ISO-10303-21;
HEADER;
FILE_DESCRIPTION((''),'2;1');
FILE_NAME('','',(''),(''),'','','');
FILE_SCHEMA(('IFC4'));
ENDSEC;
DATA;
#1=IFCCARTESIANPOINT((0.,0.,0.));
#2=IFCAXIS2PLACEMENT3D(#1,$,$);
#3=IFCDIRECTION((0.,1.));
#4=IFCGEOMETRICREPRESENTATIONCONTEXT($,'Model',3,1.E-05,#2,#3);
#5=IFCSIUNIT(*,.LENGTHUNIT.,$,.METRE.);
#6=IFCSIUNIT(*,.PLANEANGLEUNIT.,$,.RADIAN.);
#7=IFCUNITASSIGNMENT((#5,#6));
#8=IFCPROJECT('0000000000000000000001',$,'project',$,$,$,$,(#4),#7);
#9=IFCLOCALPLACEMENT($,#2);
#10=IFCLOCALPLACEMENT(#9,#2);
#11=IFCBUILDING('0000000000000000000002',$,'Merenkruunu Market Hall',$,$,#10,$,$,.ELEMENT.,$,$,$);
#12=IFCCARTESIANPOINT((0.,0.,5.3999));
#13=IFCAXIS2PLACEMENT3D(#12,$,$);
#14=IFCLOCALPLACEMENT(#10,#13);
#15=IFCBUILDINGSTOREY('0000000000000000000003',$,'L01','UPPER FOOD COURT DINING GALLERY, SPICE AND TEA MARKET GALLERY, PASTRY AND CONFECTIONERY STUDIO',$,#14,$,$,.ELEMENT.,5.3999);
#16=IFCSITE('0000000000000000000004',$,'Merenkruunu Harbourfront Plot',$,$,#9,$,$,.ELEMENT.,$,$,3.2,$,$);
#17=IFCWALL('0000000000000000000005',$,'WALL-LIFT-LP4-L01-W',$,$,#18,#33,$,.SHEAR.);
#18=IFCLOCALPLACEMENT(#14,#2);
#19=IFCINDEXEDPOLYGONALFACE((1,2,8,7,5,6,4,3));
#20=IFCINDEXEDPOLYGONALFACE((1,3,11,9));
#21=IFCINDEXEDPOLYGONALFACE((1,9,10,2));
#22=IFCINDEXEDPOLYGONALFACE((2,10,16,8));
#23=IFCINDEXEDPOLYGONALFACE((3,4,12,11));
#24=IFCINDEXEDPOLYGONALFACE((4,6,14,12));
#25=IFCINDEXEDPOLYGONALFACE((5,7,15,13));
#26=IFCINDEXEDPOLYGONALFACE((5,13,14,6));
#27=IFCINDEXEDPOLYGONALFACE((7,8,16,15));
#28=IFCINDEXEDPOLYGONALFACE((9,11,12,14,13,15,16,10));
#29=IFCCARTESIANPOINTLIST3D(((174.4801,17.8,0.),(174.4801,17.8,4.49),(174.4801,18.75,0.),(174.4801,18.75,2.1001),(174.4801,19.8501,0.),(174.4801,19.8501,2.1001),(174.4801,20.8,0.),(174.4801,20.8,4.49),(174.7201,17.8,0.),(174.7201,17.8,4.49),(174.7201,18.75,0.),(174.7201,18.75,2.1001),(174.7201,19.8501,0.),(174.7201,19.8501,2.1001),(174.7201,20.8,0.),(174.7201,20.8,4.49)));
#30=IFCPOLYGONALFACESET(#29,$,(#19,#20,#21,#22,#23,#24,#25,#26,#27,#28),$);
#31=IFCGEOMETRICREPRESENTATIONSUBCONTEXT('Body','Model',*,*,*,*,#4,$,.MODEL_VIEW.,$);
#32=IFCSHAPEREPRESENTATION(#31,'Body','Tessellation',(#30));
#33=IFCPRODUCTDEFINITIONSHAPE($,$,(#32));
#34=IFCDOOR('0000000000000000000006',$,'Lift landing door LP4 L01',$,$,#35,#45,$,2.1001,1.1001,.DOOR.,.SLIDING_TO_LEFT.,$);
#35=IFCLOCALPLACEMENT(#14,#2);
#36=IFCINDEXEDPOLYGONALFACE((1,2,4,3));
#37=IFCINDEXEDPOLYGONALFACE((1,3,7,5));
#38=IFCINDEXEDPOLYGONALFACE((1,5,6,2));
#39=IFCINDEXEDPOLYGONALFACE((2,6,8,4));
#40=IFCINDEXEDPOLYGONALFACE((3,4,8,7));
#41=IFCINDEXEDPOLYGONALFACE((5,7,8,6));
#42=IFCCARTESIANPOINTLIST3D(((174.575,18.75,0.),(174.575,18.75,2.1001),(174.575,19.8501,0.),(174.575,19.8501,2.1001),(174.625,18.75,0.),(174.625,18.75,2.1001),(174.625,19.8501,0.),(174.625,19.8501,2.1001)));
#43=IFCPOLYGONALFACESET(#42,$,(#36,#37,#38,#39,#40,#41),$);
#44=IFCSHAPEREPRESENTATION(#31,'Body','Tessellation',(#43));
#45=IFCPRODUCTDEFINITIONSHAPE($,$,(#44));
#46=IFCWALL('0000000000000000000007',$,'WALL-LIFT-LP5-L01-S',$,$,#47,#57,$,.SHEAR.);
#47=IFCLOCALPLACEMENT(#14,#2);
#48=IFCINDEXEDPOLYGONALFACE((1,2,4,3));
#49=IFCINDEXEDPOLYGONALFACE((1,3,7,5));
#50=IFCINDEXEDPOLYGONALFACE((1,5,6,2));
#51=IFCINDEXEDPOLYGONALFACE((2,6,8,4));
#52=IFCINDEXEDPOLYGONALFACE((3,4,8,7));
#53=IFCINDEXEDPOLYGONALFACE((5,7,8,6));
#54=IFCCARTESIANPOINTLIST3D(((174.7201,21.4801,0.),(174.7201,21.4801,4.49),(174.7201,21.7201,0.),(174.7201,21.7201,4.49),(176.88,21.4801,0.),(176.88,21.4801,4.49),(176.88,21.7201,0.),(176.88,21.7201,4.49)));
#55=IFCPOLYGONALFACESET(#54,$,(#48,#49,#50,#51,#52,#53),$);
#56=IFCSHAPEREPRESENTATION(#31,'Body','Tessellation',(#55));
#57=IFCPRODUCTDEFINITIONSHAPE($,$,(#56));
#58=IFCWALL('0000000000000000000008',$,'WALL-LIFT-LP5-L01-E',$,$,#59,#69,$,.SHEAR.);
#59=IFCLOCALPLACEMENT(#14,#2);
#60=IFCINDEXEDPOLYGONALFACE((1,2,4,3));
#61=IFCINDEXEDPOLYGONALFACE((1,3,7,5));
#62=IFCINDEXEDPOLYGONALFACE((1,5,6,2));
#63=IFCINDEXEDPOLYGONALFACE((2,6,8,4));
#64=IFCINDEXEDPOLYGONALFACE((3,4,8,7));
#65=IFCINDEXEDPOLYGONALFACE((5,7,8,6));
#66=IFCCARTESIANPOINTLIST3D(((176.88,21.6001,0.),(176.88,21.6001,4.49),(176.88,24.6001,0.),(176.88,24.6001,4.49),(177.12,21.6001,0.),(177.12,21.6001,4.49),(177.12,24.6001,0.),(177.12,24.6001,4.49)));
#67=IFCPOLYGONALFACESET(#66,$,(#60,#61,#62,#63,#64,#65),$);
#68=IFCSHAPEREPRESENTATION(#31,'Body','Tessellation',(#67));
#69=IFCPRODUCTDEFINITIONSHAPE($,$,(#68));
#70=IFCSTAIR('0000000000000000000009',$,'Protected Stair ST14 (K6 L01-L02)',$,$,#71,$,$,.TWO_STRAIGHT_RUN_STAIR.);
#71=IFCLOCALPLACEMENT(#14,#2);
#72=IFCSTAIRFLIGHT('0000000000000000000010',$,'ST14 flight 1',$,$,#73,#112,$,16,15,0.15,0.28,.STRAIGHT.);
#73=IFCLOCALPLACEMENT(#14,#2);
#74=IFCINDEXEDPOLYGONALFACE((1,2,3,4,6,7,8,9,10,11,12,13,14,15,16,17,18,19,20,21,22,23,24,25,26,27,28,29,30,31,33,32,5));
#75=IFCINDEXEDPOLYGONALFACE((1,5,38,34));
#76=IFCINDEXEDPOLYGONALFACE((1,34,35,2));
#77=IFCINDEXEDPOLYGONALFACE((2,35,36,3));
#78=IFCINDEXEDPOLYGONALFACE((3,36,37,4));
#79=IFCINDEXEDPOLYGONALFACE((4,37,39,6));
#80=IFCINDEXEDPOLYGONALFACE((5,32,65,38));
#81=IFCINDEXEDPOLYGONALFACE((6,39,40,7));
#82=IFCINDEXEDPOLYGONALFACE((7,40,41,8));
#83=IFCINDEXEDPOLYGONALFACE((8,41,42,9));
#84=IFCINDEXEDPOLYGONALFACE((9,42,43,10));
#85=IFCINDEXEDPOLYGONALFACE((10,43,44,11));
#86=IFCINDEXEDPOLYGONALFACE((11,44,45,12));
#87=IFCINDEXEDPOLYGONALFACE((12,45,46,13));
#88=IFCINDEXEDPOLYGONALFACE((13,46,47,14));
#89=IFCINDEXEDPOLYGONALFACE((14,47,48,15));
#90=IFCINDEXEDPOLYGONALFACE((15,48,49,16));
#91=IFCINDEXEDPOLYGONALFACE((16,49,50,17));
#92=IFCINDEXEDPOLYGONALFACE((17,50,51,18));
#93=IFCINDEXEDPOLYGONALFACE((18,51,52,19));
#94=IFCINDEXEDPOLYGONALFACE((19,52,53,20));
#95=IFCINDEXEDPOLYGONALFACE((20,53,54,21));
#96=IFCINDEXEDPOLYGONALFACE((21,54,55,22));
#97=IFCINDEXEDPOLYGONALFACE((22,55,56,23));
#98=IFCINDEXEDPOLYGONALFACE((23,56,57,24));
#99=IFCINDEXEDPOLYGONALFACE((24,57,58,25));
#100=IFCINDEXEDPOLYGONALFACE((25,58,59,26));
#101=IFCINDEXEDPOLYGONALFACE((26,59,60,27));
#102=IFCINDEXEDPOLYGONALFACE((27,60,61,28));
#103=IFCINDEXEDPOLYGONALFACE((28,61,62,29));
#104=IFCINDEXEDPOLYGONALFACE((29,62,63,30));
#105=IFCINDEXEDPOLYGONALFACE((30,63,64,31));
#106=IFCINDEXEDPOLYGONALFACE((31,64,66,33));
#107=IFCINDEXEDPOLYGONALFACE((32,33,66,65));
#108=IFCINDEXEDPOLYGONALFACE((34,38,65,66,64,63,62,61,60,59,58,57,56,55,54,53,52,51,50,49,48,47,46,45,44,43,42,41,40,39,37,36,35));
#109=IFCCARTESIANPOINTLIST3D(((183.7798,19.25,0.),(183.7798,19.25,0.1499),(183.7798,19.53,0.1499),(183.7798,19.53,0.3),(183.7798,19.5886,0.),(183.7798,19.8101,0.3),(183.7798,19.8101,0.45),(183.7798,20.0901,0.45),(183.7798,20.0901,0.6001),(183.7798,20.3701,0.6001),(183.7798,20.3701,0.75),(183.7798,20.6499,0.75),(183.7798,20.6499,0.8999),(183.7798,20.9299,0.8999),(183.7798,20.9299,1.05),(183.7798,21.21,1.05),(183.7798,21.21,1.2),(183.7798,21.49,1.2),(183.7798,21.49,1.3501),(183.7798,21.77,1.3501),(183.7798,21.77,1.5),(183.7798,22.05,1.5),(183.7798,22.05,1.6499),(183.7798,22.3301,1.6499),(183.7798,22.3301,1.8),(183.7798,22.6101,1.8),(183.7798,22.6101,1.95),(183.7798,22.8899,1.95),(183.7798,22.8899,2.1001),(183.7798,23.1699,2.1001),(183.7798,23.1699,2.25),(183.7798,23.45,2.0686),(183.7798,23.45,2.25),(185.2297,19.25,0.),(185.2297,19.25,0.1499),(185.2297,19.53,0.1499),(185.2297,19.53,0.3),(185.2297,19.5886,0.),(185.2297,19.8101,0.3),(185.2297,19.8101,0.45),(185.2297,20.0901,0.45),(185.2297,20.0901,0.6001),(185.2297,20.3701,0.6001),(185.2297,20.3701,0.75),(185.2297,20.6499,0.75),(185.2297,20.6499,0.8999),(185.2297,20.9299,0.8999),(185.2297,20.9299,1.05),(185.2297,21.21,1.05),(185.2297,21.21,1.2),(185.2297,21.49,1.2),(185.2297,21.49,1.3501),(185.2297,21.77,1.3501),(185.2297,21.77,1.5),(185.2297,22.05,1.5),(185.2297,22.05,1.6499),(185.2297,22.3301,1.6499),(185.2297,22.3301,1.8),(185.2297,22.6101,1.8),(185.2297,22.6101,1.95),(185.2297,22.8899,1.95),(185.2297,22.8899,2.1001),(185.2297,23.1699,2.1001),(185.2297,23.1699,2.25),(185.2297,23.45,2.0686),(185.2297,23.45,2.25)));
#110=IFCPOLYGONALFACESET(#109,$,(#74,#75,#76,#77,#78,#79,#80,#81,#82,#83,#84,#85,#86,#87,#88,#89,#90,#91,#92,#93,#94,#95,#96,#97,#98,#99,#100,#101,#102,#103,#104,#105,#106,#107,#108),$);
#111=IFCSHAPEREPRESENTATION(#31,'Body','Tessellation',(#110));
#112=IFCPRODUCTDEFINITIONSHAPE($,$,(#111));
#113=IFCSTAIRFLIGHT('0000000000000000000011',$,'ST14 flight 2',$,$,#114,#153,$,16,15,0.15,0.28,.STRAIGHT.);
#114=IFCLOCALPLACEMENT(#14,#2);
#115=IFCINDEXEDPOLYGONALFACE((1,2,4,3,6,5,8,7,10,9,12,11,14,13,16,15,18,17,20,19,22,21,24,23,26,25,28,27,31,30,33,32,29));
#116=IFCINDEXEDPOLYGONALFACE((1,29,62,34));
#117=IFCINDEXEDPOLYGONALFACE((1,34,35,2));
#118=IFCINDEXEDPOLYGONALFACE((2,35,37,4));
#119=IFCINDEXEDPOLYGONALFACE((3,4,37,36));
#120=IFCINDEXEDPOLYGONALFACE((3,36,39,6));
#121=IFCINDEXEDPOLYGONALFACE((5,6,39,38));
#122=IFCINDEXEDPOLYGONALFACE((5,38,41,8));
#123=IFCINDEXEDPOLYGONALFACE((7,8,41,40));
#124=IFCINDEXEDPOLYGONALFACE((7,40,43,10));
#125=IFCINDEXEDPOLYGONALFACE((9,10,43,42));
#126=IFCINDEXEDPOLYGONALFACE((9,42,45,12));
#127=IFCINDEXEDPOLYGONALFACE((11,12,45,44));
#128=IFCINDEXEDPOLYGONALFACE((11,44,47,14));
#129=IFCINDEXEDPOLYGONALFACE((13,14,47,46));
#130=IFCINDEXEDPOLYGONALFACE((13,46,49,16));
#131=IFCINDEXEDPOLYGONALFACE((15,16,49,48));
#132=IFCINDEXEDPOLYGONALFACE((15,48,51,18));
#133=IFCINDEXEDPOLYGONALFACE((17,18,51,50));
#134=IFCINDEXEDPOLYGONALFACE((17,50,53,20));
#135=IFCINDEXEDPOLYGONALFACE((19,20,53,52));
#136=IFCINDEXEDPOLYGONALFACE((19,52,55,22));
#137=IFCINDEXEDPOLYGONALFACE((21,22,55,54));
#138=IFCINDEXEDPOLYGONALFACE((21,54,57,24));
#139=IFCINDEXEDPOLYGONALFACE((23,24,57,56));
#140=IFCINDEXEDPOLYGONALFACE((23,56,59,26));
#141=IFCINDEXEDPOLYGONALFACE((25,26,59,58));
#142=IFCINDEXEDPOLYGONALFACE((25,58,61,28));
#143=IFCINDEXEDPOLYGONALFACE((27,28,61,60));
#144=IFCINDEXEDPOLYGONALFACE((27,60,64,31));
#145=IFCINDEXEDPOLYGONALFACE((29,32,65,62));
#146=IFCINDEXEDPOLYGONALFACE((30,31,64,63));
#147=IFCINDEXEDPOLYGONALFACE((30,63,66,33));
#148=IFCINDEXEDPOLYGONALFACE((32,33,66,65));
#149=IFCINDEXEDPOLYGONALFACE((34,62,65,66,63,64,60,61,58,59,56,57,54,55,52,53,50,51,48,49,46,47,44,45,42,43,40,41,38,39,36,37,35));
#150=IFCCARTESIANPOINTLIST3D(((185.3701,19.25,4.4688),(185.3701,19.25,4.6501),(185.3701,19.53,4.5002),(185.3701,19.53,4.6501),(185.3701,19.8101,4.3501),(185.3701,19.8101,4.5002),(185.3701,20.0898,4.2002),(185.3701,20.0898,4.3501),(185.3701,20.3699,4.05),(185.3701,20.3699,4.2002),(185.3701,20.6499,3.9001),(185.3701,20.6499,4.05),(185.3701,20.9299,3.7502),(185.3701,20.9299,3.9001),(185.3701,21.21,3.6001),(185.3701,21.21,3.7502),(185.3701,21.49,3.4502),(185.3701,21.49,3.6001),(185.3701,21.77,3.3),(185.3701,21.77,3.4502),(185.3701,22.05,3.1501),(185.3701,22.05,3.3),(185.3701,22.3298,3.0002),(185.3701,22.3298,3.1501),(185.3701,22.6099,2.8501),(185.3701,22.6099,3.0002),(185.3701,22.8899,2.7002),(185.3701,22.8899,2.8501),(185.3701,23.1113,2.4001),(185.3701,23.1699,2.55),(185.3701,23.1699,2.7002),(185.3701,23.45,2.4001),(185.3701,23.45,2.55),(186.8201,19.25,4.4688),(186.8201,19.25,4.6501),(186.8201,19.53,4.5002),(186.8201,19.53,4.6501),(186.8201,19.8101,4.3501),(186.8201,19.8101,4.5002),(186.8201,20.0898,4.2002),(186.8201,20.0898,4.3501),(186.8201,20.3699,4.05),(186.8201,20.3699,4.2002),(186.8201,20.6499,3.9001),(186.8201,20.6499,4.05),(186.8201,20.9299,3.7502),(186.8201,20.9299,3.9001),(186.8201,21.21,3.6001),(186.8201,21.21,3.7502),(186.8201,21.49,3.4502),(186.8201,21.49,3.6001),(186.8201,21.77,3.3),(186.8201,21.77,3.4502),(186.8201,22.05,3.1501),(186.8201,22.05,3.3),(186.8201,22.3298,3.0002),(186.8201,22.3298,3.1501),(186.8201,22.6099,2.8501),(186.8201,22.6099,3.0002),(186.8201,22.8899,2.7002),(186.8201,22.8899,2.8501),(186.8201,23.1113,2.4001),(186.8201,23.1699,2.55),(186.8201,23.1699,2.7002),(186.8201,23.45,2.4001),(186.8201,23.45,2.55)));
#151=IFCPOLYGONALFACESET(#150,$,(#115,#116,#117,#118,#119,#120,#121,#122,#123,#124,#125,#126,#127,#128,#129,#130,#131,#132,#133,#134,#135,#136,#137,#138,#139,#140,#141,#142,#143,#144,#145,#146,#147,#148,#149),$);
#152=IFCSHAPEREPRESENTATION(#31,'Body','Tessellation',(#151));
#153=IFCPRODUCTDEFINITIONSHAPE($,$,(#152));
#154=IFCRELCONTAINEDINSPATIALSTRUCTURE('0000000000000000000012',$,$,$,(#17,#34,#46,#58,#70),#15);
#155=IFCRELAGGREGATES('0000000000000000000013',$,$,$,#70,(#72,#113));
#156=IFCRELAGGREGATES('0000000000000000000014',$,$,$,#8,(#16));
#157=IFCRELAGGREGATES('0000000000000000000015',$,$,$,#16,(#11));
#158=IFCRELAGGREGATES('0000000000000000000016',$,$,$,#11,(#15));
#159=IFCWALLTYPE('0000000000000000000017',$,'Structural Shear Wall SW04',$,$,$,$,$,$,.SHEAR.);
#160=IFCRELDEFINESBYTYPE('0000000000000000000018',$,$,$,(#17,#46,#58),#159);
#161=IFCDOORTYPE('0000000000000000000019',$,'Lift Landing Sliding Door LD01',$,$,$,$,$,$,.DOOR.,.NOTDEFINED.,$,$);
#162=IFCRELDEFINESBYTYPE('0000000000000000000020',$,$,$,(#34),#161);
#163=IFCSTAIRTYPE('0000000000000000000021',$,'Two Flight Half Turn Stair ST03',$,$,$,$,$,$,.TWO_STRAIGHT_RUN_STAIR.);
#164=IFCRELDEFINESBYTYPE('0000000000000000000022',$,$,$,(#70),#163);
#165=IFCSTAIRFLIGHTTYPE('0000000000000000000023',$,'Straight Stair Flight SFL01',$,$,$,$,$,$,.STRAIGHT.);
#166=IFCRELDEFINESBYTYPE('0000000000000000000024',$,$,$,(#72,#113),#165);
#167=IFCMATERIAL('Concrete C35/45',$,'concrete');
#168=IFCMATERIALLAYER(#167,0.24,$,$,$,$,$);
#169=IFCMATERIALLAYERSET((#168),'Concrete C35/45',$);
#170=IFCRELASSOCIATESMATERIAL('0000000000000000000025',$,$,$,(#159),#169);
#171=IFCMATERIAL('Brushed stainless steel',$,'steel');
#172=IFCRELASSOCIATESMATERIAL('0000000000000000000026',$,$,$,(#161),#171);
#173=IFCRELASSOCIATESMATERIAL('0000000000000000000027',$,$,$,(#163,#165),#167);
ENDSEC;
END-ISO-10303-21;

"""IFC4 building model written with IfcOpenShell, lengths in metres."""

from ifc_helpers import new_model, si_unit, direction, frame, frame_2d, origin, place, context, subcontext, project, spatial, polyline, rectangle, outline, extrude, material, layer, layer_set, type_object, element, fill, aggregate, save


model = new_model("IFC4")

# Units and contexts
model_context = context("Model", 3, precision=1e-05, world=origin(), true_north=direction((0.0, 1.0)))
body_context = subcontext(model_context, "Body", "Model", "MODEL_VIEW")
ifc_project = project(units=[si_unit("LENGTHUNIT", "METRE"), si_unit("PLANEANGLEUNIT", "RADIAN")], contexts=[model_context])

# Site, building, storey
site_placement = place(None, origin())
site = spatial("IfcSite", under=ifc_project, at=site_placement, Name="Merenkruunu Harbourfront Plot", CompositionType="ELEMENT", RefElevation=3.2)
building_placement = place(site_placement, origin())
building = spatial("IfcBuilding", under=site, at=building_placement, Name="Merenkruunu Market Hall", CompositionType="ELEMENT")
storey_placement = place(building_placement, frame((0.0, 0.0, 5.3999)))
storey = spatial("IfcBuildingStorey", under=building, at=storey_placement, Name="L01", Description="UPPER FOOD COURT DINING GALLERY, SPICE AND TEA MARKET GALLERY, PASTRY AND CONFECTIONERY STUDIO", CompositionType="ELEMENT", Elevation=5.3999)

# Shared definitions
ifc_material_1 = material(Name="Concrete C35/45", Category="concrete")

# Shared definitions
ifc_layer_1 = layer(ifc_material_1, 0.24)
ifc_layer_set_1 = layer_set([ifc_layer_1], Name="Concrete C35/45")
wall_type_1 = type_object("IfcWallType", Name="Structural Shear Wall SW04", PredefinedType="SHEAR", material=ifc_layer_set_1)

# Wall, opening, door
wall_1_placement = place(storey_placement, frame((174.6001, 20.8, 0.0), z_axis=(0.0, 0.0, 1.0), x_axis=(0.0, -1.0, 0.0)))
wall_1 = element("IfcWall", 1, at=wall_1_placement, inside=storey, type_object=wall_type_1, Name="WALL-LIFT-LP4-L01-W", PredefinedType="SHEAR", context=body_context, shape_type="SweptSolid", body=[
    extrude(rectangle(XDim=3.0, YDim=0.24, at=frame_2d((1.5, 0.0))), origin(), (0.0, 0.0, 1.0), 4.49),
])
opening_1_placement = place(wall_1_placement, frame((0.95, 0.0, 0.0)))
opening_1 = element("IfcOpeningElement", 2, at=opening_1_placement, cuts=wall_1, PredefinedType="OPENING", context=body_context, shape_type="SweptSolid", body=[
    extrude(rectangle(XDim=1.1001, YDim=2.1001, at=frame_2d((0.55, 1.05))), frame((0.0, 0.1299, 0.0), z_axis=(0.0, -1.0, 0.0), x_axis=(1.0, 0.0, 0.0)), (0.0, 0.0, 1.0), 0.26),
])
ifc_material_2 = material(Name="Brushed stainless steel", Category="steel")
door_type_1 = type_object("IfcDoorType", Name="Lift Landing Sliding Door LD01", OperationType="NOTDEFINED", PredefinedType="DOOR", material=ifc_material_2)
door_1_placement = place(opening_1_placement, origin())
door_1 = element("IfcDoor", 3, at=door_1_placement, inside=storey, type_object=door_type_1, Name="Lift landing door LP4 L01", OperationType="SLIDING_TO_LEFT", OverallHeight=2.1001, OverallWidth=1.1001, PredefinedType="DOOR", context=body_context, shape_type="SweptSolid", body=[
    extrude(rectangle(XDim=1.1001, YDim=2.1001, at=frame_2d((0.55, 1.05))), frame((0.0, 0.0249, 0.0), z_axis=(0.0, -1.0, 0.0), x_axis=(1.0, 0.0, 0.0)), (0.0, 0.0, 1.0), 0.05),
])
fill(opening_1, door_1)

# Walls
wall_2_placement = place(storey_placement, frame((174.72, 21.6001, 0.0), z_axis=(0.0, 0.0, 1.0), x_axis=(1.0, 0.0, 0.0)))
element("IfcWall", 4, at=wall_2_placement, inside=storey, type_object=wall_type_1, Name="WALL-LIFT-LP5-L01-S", PredefinedType="SHEAR", context=body_context, shape_type="SweptSolid", body=[
    extrude(rectangle(XDim=2.1599, YDim=0.24, at=frame_2d((1.0801, 0.0))), origin(), (0.0, 0.0, 1.0), 4.49),
])
wall_3_placement = place(storey_placement, frame((177.0, 21.6001, 0.0), z_axis=(0.0, 0.0, 1.0), x_axis=(0.0, 1.0, 0.0)))
element("IfcWall", 5, at=wall_3_placement, inside=storey, type_object=wall_type_1, Name="WALL-LIFT-LP5-L01-E", PredefinedType="SHEAR", context=body_context, shape_type="SweptSolid", body=[
    extrude(rectangle(XDim=3.0, YDim=0.24, at=frame_2d((1.5, 0.0))), origin(), (0.0, 0.0, 1.0), 4.49),
])

# Stair, stair flights
stair_type = type_object("IfcStairType", Name="Two Flight Half Turn Stair ST03", PredefinedType="TWO_STRAIGHT_RUN_STAIR", material=ifc_material_1)
stair_placement = place(storey_placement, origin())
stair = element("IfcStair", 6, at=stair_placement, inside=storey, type_object=stair_type, Name="Protected Stair ST14 (K6 L01-L02)", PredefinedType="TWO_STRAIGHT_RUN_STAIR")
stair_flight_type = type_object("IfcStairFlightType", Name="Straight Stair Flight SFL01", PredefinedType="STRAIGHT", material=ifc_material_1)
stair_flight_1_placement = place(storey_placement, frame((184.5049, 19.25, 0.0), z_axis=(0.0, 0.0, 1.0), x_axis=(0.0, 1.0, 0.0)))
stair_flight_1 = element("IfcStairFlight", 7, at=stair_flight_1_placement, type_object=stair_flight_type, Name="ST14 flight 1", NumberOfRisers=16, NumberOfTreads=15, PredefinedType="STRAIGHT", RiserHeight=0.15, TreadLength=0.28, context=body_context, shape_type="SweptSolid", body=[
    extrude(outline(polyline([(0.0, 0.0), (0.0, 0.1499), (0.28, 0.1499), (0.28, 0.3), (0.5601, 0.3), (0.5601, 0.45), (0.8401, 0.45), (0.8401, 0.6001), (1.1201, 0.6001), (1.1201, 0.75), (1.3999, 0.75), (1.3999, 0.8999), (1.6799, 0.8999), (1.6799, 1.05), (1.96, 1.05), (1.96, 1.2), (2.24, 1.2), (2.24, 1.3501), (2.52, 1.3501), (2.52, 1.5), (2.8, 1.5), (2.8, 1.6499), (3.0801, 1.6499), (3.0801, 1.8), (3.3601, 1.8), (3.3601, 1.95), (3.6399, 1.95), (3.6399, 2.1001), (3.9199, 2.1001), (3.9199, 2.25), (4.2, 2.25), (4.2, 2.3999), (4.2, 2.0686), (0.3386, 0.0), (0.0, 0.0)])), frame((0.0, 0.7251, 0.0), z_axis=(0.0, -1.0, 0.0), x_axis=(1.0, 0.0, 0.0)), (0.0, 0.0, 1.0), 1.45),
])
stair_flight_2_placement = place(storey_placement, frame((186.095, 23.45, 2.4001), z_axis=(0.0, 0.0, 1.0), x_axis=(0.0, -1.0, 0.0)))
stair_flight_2 = element("IfcStairFlight", 8, at=stair_flight_2_placement, type_object=stair_flight_type, Name="ST14 flight 2", NumberOfRisers=16, NumberOfTreads=15, PredefinedType="STRAIGHT", RiserHeight=0.15, TreadLength=0.28, context=body_context, shape_type="SweptSolid", body=[
    extrude(outline(polyline([(0.0, 0.0), (0.0, 0.1499), (0.28, 0.1499), (0.28, 0.3), (0.5601, 0.3), (0.5601, 0.45), (0.8401, 0.45), (0.8401, 0.6001), (1.1201, 0.6001), (1.1201, 0.75), (1.3999, 0.75), (1.3999, 0.8999), (1.6799, 0.8999), (1.6799, 1.05), (1.96, 1.05), (1.96, 1.2), (2.24, 1.2), (2.24, 1.3501), (2.52, 1.3501), (2.52, 1.5), (2.8, 1.5), (2.8, 1.6499), (3.0801, 1.6499), (3.0801, 1.8), (3.3601, 1.8), (3.3601, 1.95), (3.6399, 1.95), (3.6399, 2.1001), (3.9199, 2.1001), (3.9199, 2.25), (4.2, 2.25), (4.2, 2.3999), (4.2, 2.0686), (0.3386, 0.0), (0.0, 0.0)])), frame((0.0, 0.7251, 0.0), z_axis=(0.0, -1.0, 0.0), x_axis=(1.0, 0.0, 0.0)), (0.0, 0.0, 1.0), 1.45),
])
aggregate(stair, [stair_flight_1, stair_flight_2])

save(model, "model.ifc")
